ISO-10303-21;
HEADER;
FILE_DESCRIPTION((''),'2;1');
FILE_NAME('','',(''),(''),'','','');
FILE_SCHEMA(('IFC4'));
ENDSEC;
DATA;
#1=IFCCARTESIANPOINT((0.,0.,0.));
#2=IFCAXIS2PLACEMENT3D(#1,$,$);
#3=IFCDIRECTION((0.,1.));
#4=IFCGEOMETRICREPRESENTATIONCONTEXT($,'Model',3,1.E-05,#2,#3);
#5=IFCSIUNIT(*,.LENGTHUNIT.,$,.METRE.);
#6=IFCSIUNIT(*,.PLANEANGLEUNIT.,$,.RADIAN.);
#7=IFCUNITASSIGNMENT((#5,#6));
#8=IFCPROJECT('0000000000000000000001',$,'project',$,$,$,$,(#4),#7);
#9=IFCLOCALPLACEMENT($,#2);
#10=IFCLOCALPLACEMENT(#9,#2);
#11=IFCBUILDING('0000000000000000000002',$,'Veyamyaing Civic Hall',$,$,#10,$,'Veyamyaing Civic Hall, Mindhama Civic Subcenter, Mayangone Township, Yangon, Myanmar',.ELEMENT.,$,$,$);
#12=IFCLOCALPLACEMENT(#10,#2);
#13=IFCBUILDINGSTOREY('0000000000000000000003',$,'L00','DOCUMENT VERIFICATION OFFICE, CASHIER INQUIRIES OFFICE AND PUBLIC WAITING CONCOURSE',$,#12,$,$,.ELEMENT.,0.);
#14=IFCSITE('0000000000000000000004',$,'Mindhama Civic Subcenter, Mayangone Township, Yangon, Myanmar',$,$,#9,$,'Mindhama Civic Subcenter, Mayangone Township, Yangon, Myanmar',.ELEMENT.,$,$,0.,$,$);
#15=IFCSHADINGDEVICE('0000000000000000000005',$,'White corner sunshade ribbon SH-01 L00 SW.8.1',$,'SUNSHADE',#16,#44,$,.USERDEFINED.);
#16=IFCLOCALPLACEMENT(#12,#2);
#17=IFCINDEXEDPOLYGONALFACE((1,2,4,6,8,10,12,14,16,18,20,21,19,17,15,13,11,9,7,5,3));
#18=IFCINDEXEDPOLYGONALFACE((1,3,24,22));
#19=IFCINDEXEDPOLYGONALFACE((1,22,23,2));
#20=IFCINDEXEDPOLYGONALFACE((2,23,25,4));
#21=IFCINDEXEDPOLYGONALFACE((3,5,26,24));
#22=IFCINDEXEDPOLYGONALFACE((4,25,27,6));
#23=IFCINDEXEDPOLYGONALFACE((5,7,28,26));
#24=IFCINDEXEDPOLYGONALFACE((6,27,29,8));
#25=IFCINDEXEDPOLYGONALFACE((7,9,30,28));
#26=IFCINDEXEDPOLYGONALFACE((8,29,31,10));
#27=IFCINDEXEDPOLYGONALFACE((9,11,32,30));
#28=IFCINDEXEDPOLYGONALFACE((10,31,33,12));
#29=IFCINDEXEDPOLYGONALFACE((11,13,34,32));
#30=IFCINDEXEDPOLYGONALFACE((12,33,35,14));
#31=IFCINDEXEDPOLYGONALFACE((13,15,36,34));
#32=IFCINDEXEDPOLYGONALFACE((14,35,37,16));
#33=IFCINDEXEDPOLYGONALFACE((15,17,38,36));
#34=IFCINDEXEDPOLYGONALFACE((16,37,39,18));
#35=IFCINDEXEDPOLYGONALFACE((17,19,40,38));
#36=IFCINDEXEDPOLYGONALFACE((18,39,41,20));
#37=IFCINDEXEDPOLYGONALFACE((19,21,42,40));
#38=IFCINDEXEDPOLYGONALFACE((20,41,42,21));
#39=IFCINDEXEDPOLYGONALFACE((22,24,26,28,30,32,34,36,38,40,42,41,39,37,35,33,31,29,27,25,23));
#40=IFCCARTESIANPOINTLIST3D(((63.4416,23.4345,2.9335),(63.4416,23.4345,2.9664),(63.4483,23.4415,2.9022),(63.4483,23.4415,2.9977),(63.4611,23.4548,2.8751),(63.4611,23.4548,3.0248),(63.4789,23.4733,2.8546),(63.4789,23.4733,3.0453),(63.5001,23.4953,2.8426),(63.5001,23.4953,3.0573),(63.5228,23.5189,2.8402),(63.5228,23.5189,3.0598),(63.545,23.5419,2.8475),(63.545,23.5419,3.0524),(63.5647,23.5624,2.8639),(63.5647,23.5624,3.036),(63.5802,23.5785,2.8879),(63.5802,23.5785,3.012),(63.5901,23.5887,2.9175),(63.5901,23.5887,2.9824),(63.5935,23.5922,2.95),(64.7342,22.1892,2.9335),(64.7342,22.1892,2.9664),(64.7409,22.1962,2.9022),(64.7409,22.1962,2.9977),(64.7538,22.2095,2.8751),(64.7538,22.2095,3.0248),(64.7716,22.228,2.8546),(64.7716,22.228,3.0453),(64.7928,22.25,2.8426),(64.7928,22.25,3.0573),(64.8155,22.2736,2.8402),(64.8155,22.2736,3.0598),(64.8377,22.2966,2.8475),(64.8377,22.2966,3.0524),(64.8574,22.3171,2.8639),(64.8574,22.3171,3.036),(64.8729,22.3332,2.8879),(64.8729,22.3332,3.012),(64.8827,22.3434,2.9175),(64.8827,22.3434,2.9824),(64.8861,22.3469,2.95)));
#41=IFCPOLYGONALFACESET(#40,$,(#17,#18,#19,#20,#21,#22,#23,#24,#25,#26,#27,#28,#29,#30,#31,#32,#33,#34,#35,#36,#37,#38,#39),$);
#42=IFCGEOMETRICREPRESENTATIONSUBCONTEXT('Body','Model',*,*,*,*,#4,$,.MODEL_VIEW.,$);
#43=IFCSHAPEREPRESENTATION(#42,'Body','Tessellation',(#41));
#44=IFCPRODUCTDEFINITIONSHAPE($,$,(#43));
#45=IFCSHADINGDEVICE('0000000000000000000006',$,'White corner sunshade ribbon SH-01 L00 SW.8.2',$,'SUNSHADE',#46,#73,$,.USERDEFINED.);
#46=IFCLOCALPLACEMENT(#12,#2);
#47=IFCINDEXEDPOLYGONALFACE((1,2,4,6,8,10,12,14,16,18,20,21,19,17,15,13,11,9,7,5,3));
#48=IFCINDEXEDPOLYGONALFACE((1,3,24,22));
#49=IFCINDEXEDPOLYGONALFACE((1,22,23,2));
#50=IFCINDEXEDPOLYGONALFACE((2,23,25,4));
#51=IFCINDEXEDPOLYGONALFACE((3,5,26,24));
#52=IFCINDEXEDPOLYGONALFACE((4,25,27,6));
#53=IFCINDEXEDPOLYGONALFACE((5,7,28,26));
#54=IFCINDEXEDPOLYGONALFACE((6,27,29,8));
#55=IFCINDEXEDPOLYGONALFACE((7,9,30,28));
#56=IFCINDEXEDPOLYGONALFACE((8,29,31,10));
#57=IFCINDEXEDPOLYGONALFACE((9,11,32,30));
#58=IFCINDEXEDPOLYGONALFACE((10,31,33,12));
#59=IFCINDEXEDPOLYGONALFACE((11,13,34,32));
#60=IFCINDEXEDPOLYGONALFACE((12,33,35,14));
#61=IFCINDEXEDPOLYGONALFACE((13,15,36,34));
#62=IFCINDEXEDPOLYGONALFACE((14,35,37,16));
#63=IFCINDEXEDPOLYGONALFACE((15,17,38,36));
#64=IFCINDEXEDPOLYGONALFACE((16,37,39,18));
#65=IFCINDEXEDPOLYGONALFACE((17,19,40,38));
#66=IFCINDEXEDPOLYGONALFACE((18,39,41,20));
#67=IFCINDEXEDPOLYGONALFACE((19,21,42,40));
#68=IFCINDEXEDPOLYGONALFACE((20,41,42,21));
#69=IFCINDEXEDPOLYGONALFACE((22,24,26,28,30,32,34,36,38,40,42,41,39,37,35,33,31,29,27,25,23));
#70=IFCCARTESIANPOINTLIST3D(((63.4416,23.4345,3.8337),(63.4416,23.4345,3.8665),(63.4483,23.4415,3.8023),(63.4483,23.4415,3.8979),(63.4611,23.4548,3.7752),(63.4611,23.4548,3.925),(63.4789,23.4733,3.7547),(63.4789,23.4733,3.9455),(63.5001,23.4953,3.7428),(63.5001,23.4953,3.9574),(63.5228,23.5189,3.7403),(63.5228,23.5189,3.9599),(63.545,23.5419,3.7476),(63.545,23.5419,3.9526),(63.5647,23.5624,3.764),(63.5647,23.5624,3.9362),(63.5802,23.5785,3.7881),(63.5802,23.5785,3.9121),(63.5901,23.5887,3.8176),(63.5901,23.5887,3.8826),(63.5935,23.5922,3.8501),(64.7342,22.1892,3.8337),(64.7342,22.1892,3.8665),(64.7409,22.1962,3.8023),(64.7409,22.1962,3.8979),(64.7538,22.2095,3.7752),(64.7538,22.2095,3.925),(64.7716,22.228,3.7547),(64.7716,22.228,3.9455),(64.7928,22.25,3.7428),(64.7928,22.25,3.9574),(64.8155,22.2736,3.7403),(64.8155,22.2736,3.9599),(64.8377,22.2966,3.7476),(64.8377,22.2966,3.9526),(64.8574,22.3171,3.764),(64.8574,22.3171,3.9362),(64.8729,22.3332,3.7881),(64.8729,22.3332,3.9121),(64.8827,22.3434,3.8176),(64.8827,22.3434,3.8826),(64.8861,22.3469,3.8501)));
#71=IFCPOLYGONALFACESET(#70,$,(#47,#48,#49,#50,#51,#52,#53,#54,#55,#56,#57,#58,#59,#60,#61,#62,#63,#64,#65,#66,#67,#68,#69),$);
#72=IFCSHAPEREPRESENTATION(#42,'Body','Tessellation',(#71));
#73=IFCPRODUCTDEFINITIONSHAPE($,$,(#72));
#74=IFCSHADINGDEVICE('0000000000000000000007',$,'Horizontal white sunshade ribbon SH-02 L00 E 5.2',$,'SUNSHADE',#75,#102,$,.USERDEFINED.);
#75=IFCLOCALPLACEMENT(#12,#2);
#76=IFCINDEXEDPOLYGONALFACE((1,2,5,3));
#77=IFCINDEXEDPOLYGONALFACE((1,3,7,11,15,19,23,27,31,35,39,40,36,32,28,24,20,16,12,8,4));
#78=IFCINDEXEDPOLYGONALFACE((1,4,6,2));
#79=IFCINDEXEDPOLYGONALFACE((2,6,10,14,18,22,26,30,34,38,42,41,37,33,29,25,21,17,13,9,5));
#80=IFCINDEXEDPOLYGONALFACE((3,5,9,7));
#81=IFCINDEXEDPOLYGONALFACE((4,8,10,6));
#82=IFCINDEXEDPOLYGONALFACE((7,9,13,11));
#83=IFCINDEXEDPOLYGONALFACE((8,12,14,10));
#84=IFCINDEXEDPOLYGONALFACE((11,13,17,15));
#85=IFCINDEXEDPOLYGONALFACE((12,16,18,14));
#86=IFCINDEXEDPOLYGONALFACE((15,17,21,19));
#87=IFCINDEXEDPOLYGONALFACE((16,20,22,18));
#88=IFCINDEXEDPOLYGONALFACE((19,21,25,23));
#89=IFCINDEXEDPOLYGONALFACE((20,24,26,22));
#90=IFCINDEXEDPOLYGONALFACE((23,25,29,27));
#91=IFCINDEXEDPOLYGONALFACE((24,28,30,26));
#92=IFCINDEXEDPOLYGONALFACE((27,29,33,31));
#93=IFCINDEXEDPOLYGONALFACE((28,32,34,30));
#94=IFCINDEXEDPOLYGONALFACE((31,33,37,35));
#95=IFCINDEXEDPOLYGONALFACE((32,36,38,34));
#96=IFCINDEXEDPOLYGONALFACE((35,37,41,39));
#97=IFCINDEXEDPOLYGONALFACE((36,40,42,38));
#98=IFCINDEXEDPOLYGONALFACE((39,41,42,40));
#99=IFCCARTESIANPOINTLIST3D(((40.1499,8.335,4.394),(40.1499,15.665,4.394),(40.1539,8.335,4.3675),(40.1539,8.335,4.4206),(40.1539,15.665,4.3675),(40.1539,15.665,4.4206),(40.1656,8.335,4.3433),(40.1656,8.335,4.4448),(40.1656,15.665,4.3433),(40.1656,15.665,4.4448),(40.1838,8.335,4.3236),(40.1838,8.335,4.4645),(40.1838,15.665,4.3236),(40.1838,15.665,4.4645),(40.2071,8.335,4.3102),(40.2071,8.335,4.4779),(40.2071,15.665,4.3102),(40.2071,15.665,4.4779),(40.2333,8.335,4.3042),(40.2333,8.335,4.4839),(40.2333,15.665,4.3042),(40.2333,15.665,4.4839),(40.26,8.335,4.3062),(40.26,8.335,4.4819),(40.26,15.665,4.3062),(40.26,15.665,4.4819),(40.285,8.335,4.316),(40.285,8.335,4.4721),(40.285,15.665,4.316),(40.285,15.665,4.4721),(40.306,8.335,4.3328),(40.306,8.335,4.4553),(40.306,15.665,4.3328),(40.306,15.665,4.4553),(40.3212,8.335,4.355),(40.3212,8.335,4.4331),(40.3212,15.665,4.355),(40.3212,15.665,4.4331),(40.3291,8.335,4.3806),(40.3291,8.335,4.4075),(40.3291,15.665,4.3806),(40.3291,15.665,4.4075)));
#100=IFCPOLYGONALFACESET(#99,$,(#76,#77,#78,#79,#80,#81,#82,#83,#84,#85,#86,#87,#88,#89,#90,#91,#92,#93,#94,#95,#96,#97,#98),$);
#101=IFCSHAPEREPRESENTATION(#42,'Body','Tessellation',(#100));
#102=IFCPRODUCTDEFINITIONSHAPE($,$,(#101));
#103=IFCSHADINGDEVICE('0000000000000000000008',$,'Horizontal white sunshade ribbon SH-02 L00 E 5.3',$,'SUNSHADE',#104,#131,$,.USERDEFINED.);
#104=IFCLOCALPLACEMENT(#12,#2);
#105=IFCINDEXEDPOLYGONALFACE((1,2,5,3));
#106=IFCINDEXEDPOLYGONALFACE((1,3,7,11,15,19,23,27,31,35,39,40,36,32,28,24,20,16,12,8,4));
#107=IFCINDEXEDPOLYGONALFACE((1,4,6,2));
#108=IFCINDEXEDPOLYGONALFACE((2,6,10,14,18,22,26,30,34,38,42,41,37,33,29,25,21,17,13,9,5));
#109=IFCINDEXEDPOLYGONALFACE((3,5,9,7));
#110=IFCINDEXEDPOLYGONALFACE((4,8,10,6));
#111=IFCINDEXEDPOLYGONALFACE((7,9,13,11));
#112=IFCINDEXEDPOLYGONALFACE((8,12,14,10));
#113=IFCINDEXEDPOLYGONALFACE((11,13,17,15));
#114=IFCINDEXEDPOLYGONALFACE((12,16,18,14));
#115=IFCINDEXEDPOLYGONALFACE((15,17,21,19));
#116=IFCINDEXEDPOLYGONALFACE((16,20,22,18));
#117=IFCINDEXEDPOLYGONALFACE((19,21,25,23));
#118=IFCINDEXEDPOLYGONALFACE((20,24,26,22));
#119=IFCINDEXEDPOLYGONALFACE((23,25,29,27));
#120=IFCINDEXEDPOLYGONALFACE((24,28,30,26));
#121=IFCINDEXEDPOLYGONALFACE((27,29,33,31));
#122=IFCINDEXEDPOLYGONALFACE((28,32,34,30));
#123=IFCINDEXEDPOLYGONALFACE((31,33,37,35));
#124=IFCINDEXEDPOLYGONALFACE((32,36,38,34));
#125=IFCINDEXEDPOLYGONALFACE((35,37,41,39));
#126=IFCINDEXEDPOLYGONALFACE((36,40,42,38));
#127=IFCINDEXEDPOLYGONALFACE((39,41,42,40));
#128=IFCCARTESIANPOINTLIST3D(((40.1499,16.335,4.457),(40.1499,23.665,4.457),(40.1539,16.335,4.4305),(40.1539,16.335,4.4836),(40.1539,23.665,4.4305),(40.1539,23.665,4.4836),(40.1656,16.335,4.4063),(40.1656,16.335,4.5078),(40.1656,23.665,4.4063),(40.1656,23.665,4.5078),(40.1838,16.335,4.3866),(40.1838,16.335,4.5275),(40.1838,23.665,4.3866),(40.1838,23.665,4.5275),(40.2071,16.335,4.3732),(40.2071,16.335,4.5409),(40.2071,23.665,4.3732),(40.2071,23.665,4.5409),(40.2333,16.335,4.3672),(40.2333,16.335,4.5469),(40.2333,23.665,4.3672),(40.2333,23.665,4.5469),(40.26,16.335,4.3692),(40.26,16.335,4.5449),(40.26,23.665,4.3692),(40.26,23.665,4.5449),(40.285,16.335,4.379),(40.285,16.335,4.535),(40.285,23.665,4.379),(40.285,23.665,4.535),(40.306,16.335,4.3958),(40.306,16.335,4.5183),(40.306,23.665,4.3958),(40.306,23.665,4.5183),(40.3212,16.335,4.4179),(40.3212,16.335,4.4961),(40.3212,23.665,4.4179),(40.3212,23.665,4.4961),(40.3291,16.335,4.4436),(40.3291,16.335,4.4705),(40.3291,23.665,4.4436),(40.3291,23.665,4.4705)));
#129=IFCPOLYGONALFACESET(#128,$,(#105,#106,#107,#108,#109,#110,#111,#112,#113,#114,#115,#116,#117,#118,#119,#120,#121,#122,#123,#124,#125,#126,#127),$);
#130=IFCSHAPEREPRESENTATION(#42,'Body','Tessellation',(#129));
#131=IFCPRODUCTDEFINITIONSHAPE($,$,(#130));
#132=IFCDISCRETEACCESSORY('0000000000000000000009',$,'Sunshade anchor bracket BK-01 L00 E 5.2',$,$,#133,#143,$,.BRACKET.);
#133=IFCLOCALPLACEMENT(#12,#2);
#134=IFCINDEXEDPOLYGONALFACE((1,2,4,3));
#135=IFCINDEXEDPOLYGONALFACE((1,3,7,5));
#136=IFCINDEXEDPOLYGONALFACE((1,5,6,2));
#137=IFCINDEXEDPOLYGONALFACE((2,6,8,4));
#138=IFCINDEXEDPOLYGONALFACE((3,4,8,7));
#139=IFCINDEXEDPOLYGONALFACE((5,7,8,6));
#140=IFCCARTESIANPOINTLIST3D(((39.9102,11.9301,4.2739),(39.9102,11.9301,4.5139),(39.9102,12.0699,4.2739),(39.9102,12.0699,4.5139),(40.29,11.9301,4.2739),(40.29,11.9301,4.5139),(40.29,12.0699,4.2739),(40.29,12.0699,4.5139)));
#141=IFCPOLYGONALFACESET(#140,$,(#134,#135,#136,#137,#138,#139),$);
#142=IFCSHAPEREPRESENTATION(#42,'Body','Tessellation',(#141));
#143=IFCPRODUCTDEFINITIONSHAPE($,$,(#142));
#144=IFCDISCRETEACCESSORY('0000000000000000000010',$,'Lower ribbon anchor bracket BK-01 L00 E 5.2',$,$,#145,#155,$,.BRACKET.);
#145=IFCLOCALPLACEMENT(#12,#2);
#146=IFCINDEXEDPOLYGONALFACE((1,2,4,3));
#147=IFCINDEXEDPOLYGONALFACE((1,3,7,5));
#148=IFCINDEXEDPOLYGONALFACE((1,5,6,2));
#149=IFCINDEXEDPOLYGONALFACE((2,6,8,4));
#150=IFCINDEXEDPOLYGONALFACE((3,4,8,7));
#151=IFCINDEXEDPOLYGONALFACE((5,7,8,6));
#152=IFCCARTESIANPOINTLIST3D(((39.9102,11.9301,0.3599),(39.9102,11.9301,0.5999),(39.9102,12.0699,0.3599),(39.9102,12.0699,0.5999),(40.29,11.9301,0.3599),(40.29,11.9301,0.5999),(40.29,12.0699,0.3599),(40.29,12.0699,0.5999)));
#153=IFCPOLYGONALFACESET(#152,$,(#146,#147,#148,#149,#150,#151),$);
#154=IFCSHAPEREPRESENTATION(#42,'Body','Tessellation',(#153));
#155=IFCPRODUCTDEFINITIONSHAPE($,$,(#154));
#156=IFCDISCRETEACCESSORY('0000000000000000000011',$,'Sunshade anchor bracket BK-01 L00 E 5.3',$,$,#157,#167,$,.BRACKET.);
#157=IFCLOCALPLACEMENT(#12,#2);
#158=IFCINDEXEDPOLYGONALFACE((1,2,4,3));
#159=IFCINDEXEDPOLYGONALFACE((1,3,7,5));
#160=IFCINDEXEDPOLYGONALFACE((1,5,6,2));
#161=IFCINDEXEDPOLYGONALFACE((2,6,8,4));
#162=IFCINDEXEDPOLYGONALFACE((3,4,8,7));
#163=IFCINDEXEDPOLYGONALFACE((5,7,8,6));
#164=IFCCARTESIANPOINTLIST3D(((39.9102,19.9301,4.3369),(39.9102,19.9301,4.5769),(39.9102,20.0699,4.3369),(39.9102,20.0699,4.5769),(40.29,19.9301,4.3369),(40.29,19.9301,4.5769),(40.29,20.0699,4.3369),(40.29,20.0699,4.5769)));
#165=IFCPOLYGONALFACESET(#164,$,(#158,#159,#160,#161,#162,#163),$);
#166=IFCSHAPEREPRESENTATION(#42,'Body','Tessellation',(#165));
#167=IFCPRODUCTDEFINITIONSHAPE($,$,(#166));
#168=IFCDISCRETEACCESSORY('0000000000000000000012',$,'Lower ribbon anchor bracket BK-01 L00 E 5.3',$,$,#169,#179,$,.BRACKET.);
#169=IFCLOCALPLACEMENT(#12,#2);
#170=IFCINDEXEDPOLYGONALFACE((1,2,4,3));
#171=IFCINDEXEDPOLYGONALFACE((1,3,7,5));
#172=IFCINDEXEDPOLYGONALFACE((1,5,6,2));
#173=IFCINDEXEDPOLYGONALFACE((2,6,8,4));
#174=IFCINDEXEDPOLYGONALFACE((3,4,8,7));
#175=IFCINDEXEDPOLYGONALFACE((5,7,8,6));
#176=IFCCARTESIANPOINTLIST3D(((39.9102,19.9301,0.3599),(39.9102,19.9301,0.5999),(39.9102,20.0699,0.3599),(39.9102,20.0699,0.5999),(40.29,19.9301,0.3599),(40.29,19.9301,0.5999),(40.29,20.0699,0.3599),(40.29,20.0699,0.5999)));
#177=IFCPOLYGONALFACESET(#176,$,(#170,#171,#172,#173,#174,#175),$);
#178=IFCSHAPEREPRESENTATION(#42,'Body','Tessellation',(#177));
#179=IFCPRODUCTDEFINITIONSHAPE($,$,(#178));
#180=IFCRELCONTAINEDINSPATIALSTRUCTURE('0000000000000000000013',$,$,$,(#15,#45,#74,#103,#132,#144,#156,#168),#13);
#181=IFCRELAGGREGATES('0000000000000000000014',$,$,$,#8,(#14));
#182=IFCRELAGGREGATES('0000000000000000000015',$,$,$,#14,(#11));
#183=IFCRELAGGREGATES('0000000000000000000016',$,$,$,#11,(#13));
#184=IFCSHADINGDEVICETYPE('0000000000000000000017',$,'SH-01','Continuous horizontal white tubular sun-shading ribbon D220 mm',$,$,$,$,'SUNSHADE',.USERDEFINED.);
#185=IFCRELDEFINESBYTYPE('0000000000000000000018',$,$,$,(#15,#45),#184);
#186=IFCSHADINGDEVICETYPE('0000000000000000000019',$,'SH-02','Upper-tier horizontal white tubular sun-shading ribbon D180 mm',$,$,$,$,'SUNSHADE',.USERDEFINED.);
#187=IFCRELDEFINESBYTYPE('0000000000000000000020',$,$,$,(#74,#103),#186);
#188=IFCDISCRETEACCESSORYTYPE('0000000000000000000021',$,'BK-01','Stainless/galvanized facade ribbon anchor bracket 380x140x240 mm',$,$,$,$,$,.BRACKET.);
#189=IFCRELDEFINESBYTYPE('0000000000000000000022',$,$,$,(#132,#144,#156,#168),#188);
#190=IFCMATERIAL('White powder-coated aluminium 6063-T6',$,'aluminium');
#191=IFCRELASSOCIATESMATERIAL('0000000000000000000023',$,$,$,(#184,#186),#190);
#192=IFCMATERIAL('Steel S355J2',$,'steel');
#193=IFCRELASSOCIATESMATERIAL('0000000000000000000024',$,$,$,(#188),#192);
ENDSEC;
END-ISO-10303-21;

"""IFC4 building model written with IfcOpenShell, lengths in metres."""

from ifc_helpers import new_model, si_unit, direction, frame, origin, origin_2d, place, context, subcontext, project, spatial, rectangle, circle, extrude, material, material_profile, profile_set, type_object, element, save


model = new_model("IFC4")

# Units and contexts
model_context = context("Model", 3, precision=1e-05, world=origin(), true_north=direction((0.0, 1.0)))
body_context = subcontext(model_context, "Body", "Model", "MODEL_VIEW")
ifc_project = project(units=[si_unit("LENGTHUNIT", "METRE"), si_unit("PLANEANGLEUNIT", "RADIAN")], contexts=[model_context])

# Site, building, storey
site_placement = place(None, origin())
site = spatial("IfcSite", under=ifc_project, at=site_placement, Name="Mindhama Civic Subcenter, Mayangone Township, Yangon, Myanmar", LongName="Mindhama Civic Subcenter, Mayangone Township, Yangon, Myanmar", CompositionType="ELEMENT", RefElevation=0.0)
building_placement = place(site_placement, origin())
building = spatial("IfcBuilding", under=site, at=building_placement, Name="Veyamyaing Civic Hall", LongName="Veyamyaing Civic Hall, Mindhama Civic Subcenter, Mayangone Township, Yangon, Myanmar", CompositionType="ELEMENT")
storey_placement = place(building_placement, origin())
storey = spatial("IfcBuildingStorey", under=building, at=storey_placement, Name="L00", Description="DOCUMENT VERIFICATION OFFICE, CASHIER INQUIRIES OFFICE AND PUBLIC WAITING CONCOURSE", CompositionType="ELEMENT", Elevation=0.0)

# Shared definitions
ifc_material_1 = material(Name="White powder-coated aluminium 6063-T6", Category="aluminium")

# Shared definitions
ifc_material_2 = material(Name="Steel S355J2", Category="steel")

# Shading devices
ifc_material_profile_1 = material_profile(ifc_material_1, circle(Radius=0.1101, at=origin_2d()), Name="SHADE-TUBE-220")
ifc_profile_set_1 = profile_set([ifc_material_profile_1], Name="White powder-coated aluminium 6063-T6")
shading_device_type_1 = type_object("IfcShadingDeviceType", Name="SH-01", Description="Continuous horizontal white tubular sun-shading ribbon D220 mm", ElementType="SUNSHADE", PredefinedType="USERDEFINED", material=ifc_profile_set_1)
for number, where, z_axis, x_axis, name in (
    (1, (63.5171, 23.5129, 2.95), (0.720177, -0.693791, 0.0), (0.693791, 0.720177, 0.0), "White corner sunshade ribbon SH-01 L00 SW.8.1"),
    (2, (63.5171, 23.5129, 3.8501), (0.720177, -0.693791, 0.0), (0.693791, 0.720177, 0.0), "White corner sunshade ribbon SH-01 L00 SW.8.2"),
):
    element("IfcShadingDevice", number, at=place(storey_placement, frame(where, z_axis=z_axis, x_axis=x_axis)), inside=storey, type_object=shading_device_type_1, Name=name, ObjectType="SUNSHADE", PredefinedType="USERDEFINED", context=body_context, shape_type="SweptSolid", body=[
        extrude(circle(Radius=0.1101, at=origin_2d()), origin(), (0.0, 0.0, 1.0), 1.7949),
    ])
ifc_material_profile_2 = material_profile(ifc_material_1, circle(Radius=0.0901, at=origin_2d()), Name="SHADE-TUBE-180")
ifc_profile_set_2 = profile_set([ifc_material_profile_2], Name="White powder-coated aluminium 6063-T6")
shading_device_type_2 = type_object("IfcShadingDeviceType", Name="SH-02", Description="Upper-tier horizontal white tubular sun-shading ribbon D180 mm", ElementType="SUNSHADE", PredefinedType="USERDEFINED", material=ifc_profile_set_2)
for number, where, z_axis, x_axis, name in (
    (3, (40.24, 8.335, 4.394), (0.0, 1.0, 0.0), (-1.0, 0.0, 0.0), "Horizontal white sunshade ribbon SH-02 L00 E 5.2"),
    (4, (40.24, 16.335, 4.457), (0.0, 1.0, 0.0), (-1.0, 0.0, 0.0), "Horizontal white sunshade ribbon SH-02 L00 E 5.3"),
):
    element("IfcShadingDevice", number, at=place(storey_placement, frame(where, z_axis=z_axis, x_axis=x_axis)), inside=storey, type_object=shading_device_type_2, Name=name, ObjectType="SUNSHADE", PredefinedType="USERDEFINED", context=body_context, shape_type="SweptSolid", body=[
        extrude(circle(Radius=0.0901, at=origin_2d()), origin(), (0.0, 0.0, 1.0), 7.3301),
    ])

# Discrete accessories
discrete_accessory_type = type_object("IfcDiscreteAccessoryType", Name="BK-01", Description="Stainless/galvanized facade ribbon anchor bracket 380x140x240 mm", PredefinedType="BRACKET", material=ifc_material_2)
for number, where, z_axis, x_axis, name in (
    (5, (40.1001, 12.0, 4.2739), (0.0, 0.0, 1.0), (1.0, 0.0, 0.0), "Sunshade anchor bracket BK-01 L00 E 5.2"),
    (6, (40.1001, 12.0, 0.3599), (0.0, 0.0, 1.0), (1.0, 0.0, 0.0), "Lower ribbon anchor bracket BK-01 L00 E 5.2"),
    (7, (40.1001, 20.0, 4.3369), (0.0, 0.0, 1.0), (1.0, 0.0, 0.0), "Sunshade anchor bracket BK-01 L00 E 5.3"),
    (8, (40.1001, 20.0, 0.3599), (0.0, 0.0, 1.0), (1.0, 0.0, 0.0), "Lower ribbon anchor bracket BK-01 L00 E 5.3"),
):
    element("IfcDiscreteAccessory", number, at=place(storey_placement, frame(where, z_axis=z_axis, x_axis=x_axis)), inside=storey, type_object=discrete_accessory_type, Name=name, PredefinedType="BRACKET", context=body_context, shape_type="SweptSolid", body=[
        extrude(rectangle(XDim=0.3799, YDim=0.1399, at=origin_2d()), origin(), (0.0, 0.0, 1.0), 0.24),
    ])

save(model, "model.ifc")
